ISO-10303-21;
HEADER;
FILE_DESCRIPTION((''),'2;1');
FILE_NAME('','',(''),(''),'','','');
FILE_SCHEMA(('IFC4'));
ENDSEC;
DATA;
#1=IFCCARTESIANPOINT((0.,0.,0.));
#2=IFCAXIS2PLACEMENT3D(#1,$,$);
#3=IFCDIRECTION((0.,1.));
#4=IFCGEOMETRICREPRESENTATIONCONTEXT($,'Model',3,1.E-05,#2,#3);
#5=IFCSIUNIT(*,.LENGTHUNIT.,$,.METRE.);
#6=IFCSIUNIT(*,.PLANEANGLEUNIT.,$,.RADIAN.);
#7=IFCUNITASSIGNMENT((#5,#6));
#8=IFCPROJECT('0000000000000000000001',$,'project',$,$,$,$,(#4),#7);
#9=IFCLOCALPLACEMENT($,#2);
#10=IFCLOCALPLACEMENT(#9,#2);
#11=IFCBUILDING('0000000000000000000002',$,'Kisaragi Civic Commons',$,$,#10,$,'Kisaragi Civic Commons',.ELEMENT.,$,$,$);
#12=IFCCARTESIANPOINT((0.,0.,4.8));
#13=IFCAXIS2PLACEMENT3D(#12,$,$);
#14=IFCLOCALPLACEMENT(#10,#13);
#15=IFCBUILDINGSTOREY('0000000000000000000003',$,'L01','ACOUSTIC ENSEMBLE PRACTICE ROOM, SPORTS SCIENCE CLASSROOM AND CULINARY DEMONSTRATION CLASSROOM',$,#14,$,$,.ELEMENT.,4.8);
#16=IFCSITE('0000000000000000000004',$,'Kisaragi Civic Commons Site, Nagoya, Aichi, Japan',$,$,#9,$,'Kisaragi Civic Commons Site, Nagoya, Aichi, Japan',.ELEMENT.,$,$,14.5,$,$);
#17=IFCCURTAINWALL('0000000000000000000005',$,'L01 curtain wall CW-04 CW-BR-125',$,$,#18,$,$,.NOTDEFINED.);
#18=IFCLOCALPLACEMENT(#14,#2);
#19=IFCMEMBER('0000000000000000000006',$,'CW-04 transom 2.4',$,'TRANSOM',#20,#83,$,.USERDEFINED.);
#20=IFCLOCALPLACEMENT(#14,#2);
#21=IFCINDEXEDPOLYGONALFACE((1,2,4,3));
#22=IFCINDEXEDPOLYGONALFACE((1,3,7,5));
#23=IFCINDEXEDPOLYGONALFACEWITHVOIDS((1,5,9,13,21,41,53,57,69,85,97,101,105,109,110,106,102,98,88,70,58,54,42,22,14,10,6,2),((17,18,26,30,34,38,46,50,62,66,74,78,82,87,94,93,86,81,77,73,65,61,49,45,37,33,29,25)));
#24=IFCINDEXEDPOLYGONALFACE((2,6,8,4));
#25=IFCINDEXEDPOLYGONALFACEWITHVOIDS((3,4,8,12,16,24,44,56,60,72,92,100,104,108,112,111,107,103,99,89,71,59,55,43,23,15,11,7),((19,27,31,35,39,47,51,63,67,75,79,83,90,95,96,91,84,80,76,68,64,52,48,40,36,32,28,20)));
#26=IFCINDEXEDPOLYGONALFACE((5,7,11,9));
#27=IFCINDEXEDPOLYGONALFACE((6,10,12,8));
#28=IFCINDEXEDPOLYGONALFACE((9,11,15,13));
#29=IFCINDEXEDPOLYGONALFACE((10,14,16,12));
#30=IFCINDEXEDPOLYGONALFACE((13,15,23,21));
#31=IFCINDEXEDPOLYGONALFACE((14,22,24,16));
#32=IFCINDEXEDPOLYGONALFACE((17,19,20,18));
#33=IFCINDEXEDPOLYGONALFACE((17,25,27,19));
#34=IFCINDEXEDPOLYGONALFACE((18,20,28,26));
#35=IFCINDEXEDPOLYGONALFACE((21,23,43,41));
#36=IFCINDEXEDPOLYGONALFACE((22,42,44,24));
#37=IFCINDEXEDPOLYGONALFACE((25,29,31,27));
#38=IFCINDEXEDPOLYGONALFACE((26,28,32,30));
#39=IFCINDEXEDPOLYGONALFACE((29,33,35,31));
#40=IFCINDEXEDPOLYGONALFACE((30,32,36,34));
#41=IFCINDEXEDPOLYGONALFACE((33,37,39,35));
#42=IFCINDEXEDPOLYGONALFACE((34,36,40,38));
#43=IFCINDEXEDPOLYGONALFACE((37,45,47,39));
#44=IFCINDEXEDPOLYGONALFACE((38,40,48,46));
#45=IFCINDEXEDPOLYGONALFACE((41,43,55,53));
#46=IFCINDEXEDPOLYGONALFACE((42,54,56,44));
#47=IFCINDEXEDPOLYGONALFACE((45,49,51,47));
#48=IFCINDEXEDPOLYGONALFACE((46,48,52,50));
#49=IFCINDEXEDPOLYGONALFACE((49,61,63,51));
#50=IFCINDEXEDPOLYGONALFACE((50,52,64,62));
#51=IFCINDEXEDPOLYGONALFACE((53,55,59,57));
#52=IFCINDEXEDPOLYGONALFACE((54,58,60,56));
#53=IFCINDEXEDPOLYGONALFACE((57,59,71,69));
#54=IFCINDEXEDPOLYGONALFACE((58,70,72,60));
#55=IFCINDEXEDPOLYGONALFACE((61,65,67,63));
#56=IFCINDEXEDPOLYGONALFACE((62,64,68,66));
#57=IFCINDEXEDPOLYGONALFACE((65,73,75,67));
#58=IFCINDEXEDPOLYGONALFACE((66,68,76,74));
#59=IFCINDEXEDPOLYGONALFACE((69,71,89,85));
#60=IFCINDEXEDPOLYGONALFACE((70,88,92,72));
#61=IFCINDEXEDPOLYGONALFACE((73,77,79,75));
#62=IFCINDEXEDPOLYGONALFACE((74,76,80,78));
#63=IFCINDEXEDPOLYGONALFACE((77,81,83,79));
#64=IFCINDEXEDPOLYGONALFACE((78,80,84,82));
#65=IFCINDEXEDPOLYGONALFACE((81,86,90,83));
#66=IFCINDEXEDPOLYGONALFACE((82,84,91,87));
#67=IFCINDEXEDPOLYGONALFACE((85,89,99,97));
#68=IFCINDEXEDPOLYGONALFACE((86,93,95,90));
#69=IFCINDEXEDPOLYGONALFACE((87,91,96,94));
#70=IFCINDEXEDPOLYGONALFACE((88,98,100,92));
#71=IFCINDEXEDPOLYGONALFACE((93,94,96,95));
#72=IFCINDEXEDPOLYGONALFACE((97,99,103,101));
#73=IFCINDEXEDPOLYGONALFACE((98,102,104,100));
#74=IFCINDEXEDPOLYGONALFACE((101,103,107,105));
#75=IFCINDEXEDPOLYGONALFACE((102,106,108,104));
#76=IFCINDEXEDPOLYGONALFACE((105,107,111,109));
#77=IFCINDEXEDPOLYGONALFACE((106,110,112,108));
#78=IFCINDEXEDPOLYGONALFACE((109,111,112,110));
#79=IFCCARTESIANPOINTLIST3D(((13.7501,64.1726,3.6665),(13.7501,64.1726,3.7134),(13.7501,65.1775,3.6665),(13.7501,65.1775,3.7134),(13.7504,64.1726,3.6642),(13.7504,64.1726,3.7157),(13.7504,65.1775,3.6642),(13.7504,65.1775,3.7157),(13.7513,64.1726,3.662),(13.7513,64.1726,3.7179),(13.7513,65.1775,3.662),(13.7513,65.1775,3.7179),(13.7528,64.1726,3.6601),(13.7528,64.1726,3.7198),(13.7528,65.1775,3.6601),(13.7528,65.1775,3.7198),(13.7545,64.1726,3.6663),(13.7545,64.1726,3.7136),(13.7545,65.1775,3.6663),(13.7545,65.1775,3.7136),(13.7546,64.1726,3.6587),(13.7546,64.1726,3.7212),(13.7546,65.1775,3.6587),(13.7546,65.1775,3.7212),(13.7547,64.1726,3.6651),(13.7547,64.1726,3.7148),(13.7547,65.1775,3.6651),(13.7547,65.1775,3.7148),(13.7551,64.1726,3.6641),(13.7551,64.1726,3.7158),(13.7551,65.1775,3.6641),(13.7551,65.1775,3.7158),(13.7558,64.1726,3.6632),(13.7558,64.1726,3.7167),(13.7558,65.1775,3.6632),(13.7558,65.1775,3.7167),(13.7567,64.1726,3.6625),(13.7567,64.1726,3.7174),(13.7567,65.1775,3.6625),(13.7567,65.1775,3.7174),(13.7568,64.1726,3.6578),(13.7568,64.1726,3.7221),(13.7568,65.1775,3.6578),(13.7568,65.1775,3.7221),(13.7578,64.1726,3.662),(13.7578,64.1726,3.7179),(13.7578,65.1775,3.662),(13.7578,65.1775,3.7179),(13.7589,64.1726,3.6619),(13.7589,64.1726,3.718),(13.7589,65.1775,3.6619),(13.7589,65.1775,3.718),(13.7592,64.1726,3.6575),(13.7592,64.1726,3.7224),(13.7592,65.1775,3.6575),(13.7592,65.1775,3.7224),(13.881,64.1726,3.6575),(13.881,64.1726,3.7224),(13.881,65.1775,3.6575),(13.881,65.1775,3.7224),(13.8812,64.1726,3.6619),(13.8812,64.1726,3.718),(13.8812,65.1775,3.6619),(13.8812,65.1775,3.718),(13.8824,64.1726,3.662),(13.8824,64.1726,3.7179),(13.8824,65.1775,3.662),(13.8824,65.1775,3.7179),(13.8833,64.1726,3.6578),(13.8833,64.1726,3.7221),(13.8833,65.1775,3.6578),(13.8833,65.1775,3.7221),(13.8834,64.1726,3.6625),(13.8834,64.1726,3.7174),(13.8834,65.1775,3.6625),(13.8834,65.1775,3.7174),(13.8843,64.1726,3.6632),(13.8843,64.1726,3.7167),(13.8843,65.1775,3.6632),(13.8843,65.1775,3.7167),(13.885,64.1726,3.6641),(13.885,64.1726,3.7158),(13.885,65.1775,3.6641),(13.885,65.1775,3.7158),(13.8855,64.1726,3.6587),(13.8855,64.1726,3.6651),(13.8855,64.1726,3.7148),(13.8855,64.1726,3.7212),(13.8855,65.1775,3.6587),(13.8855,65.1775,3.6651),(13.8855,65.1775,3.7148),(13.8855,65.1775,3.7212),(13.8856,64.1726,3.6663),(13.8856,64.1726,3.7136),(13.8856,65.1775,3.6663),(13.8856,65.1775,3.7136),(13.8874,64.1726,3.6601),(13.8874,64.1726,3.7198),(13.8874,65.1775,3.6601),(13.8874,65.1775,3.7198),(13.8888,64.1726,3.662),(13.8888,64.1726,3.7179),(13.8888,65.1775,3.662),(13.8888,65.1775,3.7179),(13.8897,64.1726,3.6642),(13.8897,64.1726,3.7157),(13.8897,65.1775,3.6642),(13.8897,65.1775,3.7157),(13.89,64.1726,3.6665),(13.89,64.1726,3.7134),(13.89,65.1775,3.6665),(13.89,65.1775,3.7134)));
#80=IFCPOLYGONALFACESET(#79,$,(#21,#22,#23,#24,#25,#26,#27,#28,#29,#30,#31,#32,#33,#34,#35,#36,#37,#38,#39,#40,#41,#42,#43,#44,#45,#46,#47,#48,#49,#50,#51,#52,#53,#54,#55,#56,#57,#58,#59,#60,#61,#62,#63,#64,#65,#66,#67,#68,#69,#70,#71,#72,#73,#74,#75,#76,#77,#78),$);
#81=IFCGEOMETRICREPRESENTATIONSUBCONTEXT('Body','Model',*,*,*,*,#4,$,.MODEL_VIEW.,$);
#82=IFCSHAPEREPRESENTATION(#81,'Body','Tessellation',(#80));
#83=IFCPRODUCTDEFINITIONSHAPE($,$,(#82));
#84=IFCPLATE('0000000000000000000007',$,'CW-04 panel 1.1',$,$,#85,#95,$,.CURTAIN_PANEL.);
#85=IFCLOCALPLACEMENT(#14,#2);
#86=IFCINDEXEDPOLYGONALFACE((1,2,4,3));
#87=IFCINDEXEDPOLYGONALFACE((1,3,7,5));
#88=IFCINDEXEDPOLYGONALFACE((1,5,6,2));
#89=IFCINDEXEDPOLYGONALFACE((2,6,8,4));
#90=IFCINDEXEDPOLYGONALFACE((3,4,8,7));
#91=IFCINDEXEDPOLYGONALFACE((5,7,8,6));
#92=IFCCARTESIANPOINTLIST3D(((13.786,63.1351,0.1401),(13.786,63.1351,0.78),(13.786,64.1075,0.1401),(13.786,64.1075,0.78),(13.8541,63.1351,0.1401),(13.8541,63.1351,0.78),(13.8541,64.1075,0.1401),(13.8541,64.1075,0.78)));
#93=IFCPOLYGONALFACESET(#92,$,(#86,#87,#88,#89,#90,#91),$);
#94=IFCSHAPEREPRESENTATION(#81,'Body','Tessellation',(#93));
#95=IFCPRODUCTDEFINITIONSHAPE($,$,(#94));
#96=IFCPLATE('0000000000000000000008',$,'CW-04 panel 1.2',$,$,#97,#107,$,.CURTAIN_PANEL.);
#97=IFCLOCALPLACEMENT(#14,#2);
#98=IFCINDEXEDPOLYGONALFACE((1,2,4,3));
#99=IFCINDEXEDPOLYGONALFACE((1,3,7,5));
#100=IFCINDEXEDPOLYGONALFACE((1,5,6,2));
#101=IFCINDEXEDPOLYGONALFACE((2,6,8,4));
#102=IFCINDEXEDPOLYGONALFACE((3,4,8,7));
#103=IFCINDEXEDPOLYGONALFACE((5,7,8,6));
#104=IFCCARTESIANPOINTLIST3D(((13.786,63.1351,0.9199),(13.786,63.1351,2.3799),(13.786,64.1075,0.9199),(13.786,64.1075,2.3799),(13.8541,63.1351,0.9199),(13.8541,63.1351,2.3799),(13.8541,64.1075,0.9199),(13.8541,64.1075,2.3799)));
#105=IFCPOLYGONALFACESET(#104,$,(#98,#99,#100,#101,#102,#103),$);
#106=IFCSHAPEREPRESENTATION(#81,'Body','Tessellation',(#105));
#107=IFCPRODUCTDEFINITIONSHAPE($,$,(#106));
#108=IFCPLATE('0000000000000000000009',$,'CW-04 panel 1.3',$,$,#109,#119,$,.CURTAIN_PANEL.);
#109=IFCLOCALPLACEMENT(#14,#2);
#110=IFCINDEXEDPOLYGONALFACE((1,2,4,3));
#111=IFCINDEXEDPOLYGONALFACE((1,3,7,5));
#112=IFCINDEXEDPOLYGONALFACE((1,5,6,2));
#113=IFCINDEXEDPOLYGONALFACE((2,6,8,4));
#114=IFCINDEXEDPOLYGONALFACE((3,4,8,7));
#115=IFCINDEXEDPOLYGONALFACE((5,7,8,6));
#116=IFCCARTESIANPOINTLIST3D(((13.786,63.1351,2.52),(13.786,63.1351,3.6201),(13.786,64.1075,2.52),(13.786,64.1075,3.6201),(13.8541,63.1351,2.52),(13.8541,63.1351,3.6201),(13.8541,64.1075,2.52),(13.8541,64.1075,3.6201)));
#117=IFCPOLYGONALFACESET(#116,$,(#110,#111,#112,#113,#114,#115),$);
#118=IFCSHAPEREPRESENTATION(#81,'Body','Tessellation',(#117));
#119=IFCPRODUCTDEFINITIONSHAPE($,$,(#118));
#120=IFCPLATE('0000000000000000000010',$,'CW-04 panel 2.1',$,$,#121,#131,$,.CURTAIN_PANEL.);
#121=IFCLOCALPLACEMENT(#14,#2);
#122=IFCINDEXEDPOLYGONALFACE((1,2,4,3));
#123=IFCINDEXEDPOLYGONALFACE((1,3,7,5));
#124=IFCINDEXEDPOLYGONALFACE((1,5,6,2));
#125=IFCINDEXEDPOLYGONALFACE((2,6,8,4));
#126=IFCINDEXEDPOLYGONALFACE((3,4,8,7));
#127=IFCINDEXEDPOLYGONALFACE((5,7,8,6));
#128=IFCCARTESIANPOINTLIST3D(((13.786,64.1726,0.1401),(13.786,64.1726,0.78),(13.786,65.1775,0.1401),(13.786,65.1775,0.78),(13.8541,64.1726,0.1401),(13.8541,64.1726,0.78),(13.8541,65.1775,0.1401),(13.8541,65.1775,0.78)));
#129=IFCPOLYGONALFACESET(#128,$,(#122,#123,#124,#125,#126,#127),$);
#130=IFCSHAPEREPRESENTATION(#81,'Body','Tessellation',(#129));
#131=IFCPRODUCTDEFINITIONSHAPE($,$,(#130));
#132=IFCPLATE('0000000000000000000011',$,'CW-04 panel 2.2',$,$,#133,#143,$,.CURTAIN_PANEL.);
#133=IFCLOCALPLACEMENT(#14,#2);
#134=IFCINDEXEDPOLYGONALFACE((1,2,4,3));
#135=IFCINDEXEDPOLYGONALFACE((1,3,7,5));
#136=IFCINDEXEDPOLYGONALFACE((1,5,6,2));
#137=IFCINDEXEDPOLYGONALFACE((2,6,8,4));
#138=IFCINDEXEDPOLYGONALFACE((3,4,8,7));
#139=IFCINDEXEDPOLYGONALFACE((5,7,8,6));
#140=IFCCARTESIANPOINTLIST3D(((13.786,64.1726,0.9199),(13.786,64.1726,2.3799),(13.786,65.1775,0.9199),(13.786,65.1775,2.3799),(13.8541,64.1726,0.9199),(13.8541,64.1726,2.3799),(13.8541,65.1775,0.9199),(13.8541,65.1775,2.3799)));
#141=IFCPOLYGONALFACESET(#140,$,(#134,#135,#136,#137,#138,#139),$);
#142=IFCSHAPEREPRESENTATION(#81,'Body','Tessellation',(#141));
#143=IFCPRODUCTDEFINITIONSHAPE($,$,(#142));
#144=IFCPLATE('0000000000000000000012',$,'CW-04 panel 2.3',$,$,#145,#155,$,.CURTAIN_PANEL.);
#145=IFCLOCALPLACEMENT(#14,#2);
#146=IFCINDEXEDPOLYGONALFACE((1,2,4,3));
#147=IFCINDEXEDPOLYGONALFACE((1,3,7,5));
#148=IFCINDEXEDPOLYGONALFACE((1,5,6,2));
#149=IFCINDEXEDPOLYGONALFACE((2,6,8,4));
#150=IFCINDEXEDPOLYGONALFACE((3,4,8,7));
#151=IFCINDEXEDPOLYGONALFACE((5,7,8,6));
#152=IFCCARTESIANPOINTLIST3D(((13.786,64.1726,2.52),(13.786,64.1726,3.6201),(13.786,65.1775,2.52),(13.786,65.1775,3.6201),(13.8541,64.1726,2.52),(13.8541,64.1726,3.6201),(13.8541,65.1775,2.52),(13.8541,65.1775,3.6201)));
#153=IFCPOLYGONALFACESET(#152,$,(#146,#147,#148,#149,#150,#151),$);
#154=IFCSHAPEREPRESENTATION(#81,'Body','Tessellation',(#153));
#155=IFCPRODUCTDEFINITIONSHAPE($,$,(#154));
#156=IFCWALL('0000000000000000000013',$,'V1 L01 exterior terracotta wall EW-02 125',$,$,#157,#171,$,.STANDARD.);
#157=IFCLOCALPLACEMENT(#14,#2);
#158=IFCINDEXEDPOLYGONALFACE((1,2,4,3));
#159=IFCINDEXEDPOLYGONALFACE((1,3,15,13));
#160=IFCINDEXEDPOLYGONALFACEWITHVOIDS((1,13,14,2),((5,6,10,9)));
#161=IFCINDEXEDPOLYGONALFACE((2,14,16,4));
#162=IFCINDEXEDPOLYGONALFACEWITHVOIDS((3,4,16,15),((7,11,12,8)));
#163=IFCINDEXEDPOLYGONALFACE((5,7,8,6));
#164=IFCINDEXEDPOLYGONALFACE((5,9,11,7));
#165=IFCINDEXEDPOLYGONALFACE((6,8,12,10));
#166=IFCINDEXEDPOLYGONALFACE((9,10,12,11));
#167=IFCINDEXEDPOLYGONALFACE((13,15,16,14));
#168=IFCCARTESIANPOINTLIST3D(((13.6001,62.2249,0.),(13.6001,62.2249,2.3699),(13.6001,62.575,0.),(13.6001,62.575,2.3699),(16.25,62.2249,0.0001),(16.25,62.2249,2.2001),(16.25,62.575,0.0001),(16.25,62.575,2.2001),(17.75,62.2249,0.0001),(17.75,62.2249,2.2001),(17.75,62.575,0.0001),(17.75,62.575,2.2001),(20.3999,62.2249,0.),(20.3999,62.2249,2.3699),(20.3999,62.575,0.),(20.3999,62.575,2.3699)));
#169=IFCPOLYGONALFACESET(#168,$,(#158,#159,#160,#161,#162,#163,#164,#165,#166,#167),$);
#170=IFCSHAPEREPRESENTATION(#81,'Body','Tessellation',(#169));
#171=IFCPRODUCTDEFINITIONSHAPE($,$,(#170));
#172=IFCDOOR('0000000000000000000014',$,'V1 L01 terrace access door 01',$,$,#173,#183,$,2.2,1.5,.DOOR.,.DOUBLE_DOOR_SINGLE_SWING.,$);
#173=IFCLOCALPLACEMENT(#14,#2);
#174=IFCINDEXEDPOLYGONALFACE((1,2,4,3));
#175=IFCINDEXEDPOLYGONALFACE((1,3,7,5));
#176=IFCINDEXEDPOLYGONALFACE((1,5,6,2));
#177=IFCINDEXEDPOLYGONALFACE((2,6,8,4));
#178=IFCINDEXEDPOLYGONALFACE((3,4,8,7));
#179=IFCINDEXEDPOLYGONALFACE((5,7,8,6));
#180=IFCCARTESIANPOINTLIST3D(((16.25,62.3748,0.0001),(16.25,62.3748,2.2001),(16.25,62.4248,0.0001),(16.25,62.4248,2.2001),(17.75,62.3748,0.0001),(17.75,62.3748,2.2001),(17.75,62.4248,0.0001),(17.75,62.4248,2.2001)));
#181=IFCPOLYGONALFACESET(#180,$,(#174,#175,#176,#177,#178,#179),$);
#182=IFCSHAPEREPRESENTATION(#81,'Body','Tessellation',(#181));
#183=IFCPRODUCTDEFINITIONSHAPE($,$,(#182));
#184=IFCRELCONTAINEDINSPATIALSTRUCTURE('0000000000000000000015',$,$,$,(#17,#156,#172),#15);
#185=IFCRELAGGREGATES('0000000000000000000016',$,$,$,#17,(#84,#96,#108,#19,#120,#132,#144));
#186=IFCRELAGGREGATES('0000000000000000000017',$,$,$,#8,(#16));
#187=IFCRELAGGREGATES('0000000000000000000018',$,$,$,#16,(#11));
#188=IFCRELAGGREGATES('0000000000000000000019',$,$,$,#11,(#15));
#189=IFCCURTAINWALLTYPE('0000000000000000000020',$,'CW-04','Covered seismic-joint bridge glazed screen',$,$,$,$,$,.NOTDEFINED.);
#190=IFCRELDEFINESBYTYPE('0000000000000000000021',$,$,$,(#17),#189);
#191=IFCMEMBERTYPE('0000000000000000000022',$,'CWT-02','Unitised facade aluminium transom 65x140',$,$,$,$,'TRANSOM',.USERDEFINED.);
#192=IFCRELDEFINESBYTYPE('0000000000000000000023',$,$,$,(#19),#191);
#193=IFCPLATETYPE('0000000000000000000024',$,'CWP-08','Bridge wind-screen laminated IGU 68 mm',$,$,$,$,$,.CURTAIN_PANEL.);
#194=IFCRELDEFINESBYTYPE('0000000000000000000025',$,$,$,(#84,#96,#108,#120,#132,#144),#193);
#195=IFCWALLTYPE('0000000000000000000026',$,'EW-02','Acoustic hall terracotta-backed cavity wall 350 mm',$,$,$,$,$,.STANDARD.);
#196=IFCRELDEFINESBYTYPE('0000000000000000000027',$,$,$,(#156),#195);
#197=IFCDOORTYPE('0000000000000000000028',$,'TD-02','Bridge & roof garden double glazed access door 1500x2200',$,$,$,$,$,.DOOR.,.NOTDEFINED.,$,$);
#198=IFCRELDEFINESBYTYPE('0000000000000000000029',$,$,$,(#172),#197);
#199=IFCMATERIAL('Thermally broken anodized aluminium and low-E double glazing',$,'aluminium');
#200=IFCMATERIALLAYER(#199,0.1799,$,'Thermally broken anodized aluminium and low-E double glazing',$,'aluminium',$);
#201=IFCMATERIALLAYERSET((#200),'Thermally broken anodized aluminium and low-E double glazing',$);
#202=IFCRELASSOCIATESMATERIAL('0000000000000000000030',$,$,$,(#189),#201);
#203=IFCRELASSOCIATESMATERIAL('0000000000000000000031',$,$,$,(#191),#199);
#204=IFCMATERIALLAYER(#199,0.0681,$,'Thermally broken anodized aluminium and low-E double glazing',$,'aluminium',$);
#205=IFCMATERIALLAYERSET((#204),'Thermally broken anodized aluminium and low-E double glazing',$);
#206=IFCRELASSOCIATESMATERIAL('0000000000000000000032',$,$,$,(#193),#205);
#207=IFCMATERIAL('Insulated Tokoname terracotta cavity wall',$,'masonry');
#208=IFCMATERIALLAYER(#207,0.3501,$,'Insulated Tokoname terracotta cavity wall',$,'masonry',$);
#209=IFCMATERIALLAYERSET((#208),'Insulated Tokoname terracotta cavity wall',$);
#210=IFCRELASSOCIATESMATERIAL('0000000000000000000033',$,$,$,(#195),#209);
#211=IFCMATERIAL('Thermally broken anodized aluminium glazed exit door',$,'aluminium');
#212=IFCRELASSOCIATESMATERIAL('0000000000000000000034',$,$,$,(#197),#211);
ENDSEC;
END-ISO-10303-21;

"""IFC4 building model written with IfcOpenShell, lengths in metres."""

from ifc_helpers import new_model, si_unit, direction, frame, frame_2d, origin, origin_2d, place, context, subcontext, project, spatial, rectangle, hollow_rectangle, extrude, material, layer, layer_set, material_profile, profile_set, type_object, element, fill, aggregate, save


model = new_model("IFC4")

# Units and contexts
model_context = context("Model", 3, precision=1e-05, world=origin(), true_north=direction((0.0, 1.0)))
body_context = subcontext(model_context, "Body", "Model", "MODEL_VIEW")
ifc_project = project(units=[si_unit("LENGTHUNIT", "METRE"), si_unit("PLANEANGLEUNIT", "RADIAN")], contexts=[model_context])

# Site, building, storey
site_placement = place(None, origin())
site = spatial("IfcSite", under=ifc_project, at=site_placement, Name="Kisaragi Civic Commons Site, Nagoya, Aichi, Japan", LongName="Kisaragi Civic Commons Site, Nagoya, Aichi, Japan", CompositionType="ELEMENT", RefElevation=14.5)
building_placement = place(site_placement, origin())
building = spatial("IfcBuilding", under=site, at=building_placement, Name="Kisaragi Civic Commons", LongName="Kisaragi Civic Commons", CompositionType="ELEMENT")
storey_placement = place(building_placement, frame((0.0, 0.0, 4.8)))
storey = spatial("IfcBuildingStorey", under=building, at=storey_placement, Name="L01", Description="ACOUSTIC ENSEMBLE PRACTICE ROOM, SPORTS SCIENCE CLASSROOM AND CULINARY DEMONSTRATION CLASSROOM", CompositionType="ELEMENT", Elevation=4.8)

# Curtain wall, member, plates
ifc_material_1 = material(Name="Thermally broken anodized aluminium and low-E double glazing", Category="aluminium")
ifc_layer_1 = layer(ifc_material_1, 0.1799, Name="Thermally broken anodized aluminium and low-E double glazing", Category="aluminium")
ifc_layer_set_1 = layer_set([ifc_layer_1], Name="Thermally broken anodized aluminium and low-E double glazing")
curtain_wall_type = type_object("IfcCurtainWallType", Name="CW-04", Description="Covered seismic-joint bridge glazed screen", PredefinedType="NOTDEFINED", material=ifc_layer_set_1)
curtain_wall_placement = place(storey_placement, origin())
curtain_wall = element("IfcCurtainWall", 1, at=curtain_wall_placement, inside=storey, type_object=curtain_wall_type, Name="L01 curtain wall CW-04 CW-BR-125", PredefinedType="NOTDEFINED")
ifc_material_profile_1 = material_profile(ifc_material_1, hollow_rectangle(XDim=0.1399, YDim=0.0649, WallThickness=0.0044, InnerFilletRadius=0.0044, OuterFilletRadius=0.009, at=origin_2d()), Name="CWT-65x140x4.5", Category="aluminium")
ifc_profile_set_1 = profile_set([ifc_material_profile_1], Name="Thermally broken anodized aluminium and low-E double glazing")
member_type_1 = type_object("IfcMemberType", Name="CWT-02", Description="Unitised facade aluminium transom 65x140", ElementType="TRANSOM", PredefinedType="USERDEFINED", material=ifc_profile_set_1)
member_1_placement = place(storey_placement, frame((13.8201, 64.1726, 3.6899), z_axis=(0.0, 1.0, 0.0), x_axis=(-1.0, 0.0, 0.0)))
member_1 = element("IfcMember", 2, at=member_1_placement, type_object=member_type_1, Name="CW-04 transom 2.4", ObjectType="TRANSOM", PredefinedType="USERDEFINED", context=body_context, shape_type="SweptSolid", body=[
    extrude(hollow_rectangle(XDim=0.1399, YDim=0.0649, WallThickness=0.0044, InnerFilletRadius=0.0044, OuterFilletRadius=0.009, at=origin_2d()), origin(), (0.0, 0.0, 1.0), 1.0049),
])
ifc_layer_2 = layer(ifc_material_1, 0.0681, Name="Thermally broken anodized aluminium and low-E double glazing", Category="aluminium")
ifc_layer_set_2 = layer_set([ifc_layer_2], Name="Thermally broken anodized aluminium and low-E double glazing")
plate_type = type_object("IfcPlateType", Name="CWP-08", Description="Bridge wind-screen laminated IGU 68 mm", PredefinedType="CURTAIN_PANEL", material=ifc_layer_set_2)
plate_1_placement = place(storey_placement, frame((13.8201, 63.6213, 0.1401), z_axis=(0.0, 0.0, 1.0), x_axis=(0.0, 1.0, 0.0)))
plate_1 = element("IfcPlate", 3, at=plate_1_placement, type_object=plate_type, Name="CW-04 panel 1.1", PredefinedType="CURTAIN_PANEL", context=body_context, shape_type="SweptSolid", body=[
    extrude(rectangle(XDim=0.9724, YDim=0.0681, at=origin_2d()), origin(), (0.0, 0.0, 1.0), 0.6399),
])
plate_2_placement = place(storey_placement, frame((13.8201, 63.6213, 0.9199), z_axis=(0.0, 0.0, 1.0), x_axis=(0.0, 1.0, 0.0)))
plate_2 = element("IfcPlate", 4, at=plate_2_placement, type_object=plate_type, Name="CW-04 panel 1.2", PredefinedType="CURTAIN_PANEL", context=body_context, shape_type="SweptSolid", body=[
    extrude(rectangle(XDim=0.9724, YDim=0.0681, at=origin_2d()), origin(), (0.0, 0.0, 1.0), 1.46),
])
plate_3_placement = place(storey_placement, frame((13.8201, 63.6213, 2.52), z_axis=(0.0, 0.0, 1.0), x_axis=(0.0, 1.0, 0.0)))
plate_3 = element("IfcPlate", 5, at=plate_3_placement, type_object=plate_type, Name="CW-04 panel 1.3", PredefinedType="CURTAIN_PANEL", context=body_context, shape_type="SweptSolid", body=[
    extrude(rectangle(XDim=0.9724, YDim=0.0681, at=origin_2d()), origin(), (0.0, 0.0, 1.0), 1.1001),
])
plate_4_placement = place(storey_placement, frame((13.8201, 64.675, 0.1401), z_axis=(0.0, 0.0, 1.0), x_axis=(0.0, 1.0, 0.0)))
plate_4 = element("IfcPlate", 6, at=plate_4_placement, type_object=plate_type, Name="CW-04 panel 2.1", PredefinedType="CURTAIN_PANEL", context=body_context, shape_type="SweptSolid", body=[
    extrude(rectangle(XDim=1.0049, YDim=0.0681, at=origin_2d()), origin(), (0.0, 0.0, 1.0), 0.6399),
])
plate_5_placement = place(storey_placement, frame((13.8201, 64.675, 0.9199), z_axis=(0.0, 0.0, 1.0), x_axis=(0.0, 1.0, 0.0)))
plate_5 = element("IfcPlate", 7, at=plate_5_placement, type_object=plate_type, Name="CW-04 panel 2.2", PredefinedType="CURTAIN_PANEL", context=body_context, shape_type="SweptSolid", body=[
    extrude(rectangle(XDim=1.0049, YDim=0.0681, at=origin_2d()), origin(), (0.0, 0.0, 1.0), 1.46),
])
plate_6_placement = place(storey_placement, frame((13.8201, 64.675, 2.52), z_axis=(0.0, 0.0, 1.0), x_axis=(0.0, 1.0, 0.0)))
plate_6 = element("IfcPlate", 8, at=plate_6_placement, type_object=plate_type, Name="CW-04 panel 2.3", PredefinedType="CURTAIN_PANEL", context=body_context, shape_type="SweptSolid", body=[
    extrude(rectangle(XDim=1.0049, YDim=0.0681, at=origin_2d()), origin(), (0.0, 0.0, 1.0), 1.1001),
])
aggregate(curtain_wall, [plate_1, plate_2, plate_3, member_1, plate_4, plate_5, plate_6])

# Wall, opening, door
ifc_material_2 = material(Name="Insulated Tokoname terracotta cavity wall", Category="masonry")
ifc_layer_3 = layer(ifc_material_2, 0.3501, Name="Insulated Tokoname terracotta cavity wall", Category="masonry")
ifc_layer_set_3 = layer_set([ifc_layer_3], Name="Insulated Tokoname terracotta cavity wall")
wall_type = type_object("IfcWallType", Name="EW-02", Description="Acoustic hall terracotta-backed cavity wall 350 mm", PredefinedType="STANDARD", material=ifc_layer_set_3)
wall_placement = place(storey_placement, frame((13.6001, 62.3999, 0.0), z_axis=(0.0, 0.0, 1.0), x_axis=(1.0, 0.0, 0.0)))
wall = element("IfcWall", 9, at=wall_placement, inside=storey, type_object=wall_type, Name="V1 L01 exterior terracotta wall EW-02 125", PredefinedType="STANDARD", context=body_context, shape_type="SweptSolid", body=[
    extrude(rectangle(XDim=6.7998, YDim=0.3501, at=frame_2d((3.3999, 0.0))), origin(), (0.0, 0.0, 1.0), 2.3699),
])
opening_placement = place(wall_placement, frame((2.6499, 0.0, 0.0)))
opening = element("IfcOpeningElement", 10, at=opening_placement, cuts=wall, PredefinedType="OPENING", context=body_context, shape_type="SweptSolid", body=[
    extrude(rectangle(XDim=1.5, YDim=2.2, at=frame_2d((0.75, 1.1001))), frame((0.0, 0.1851, 0.0), z_axis=(0.0, -1.0, 0.0), x_axis=(1.0, 0.0, 0.0)), (0.0, 0.0, 1.0), 0.3701),
])
ifc_material_3 = material(Name="Thermally broken anodized aluminium glazed exit door", Category="aluminium")
door_type = type_object("IfcDoorType", Name="TD-02", Description="Bridge & roof garden double glazed access door 1500x2200", OperationType="NOTDEFINED", PredefinedType="DOOR", material=ifc_material_3)
door_placement = place(opening_placement, origin())
door = element("IfcDoor", 11, at=door_placement, inside=storey, type_object=door_type, Name="V1 L01 terrace access door 01", OperationType="DOUBLE_DOOR_SINGLE_SWING", OverallHeight=2.2, OverallWidth=1.5, PredefinedType="DOOR", context=body_context, shape_type="SweptSolid", body=[
    extrude(rectangle(XDim=1.5, YDim=2.2, at=frame_2d((0.75, 1.1001))), frame((0.0, 0.0249, 0.0), z_axis=(0.0, -1.0, 0.0), x_axis=(1.0, 0.0, 0.0)), (0.0, 0.0, 1.0), 0.05),
])
fill(opening, door)

save(model, "model.ifc")
